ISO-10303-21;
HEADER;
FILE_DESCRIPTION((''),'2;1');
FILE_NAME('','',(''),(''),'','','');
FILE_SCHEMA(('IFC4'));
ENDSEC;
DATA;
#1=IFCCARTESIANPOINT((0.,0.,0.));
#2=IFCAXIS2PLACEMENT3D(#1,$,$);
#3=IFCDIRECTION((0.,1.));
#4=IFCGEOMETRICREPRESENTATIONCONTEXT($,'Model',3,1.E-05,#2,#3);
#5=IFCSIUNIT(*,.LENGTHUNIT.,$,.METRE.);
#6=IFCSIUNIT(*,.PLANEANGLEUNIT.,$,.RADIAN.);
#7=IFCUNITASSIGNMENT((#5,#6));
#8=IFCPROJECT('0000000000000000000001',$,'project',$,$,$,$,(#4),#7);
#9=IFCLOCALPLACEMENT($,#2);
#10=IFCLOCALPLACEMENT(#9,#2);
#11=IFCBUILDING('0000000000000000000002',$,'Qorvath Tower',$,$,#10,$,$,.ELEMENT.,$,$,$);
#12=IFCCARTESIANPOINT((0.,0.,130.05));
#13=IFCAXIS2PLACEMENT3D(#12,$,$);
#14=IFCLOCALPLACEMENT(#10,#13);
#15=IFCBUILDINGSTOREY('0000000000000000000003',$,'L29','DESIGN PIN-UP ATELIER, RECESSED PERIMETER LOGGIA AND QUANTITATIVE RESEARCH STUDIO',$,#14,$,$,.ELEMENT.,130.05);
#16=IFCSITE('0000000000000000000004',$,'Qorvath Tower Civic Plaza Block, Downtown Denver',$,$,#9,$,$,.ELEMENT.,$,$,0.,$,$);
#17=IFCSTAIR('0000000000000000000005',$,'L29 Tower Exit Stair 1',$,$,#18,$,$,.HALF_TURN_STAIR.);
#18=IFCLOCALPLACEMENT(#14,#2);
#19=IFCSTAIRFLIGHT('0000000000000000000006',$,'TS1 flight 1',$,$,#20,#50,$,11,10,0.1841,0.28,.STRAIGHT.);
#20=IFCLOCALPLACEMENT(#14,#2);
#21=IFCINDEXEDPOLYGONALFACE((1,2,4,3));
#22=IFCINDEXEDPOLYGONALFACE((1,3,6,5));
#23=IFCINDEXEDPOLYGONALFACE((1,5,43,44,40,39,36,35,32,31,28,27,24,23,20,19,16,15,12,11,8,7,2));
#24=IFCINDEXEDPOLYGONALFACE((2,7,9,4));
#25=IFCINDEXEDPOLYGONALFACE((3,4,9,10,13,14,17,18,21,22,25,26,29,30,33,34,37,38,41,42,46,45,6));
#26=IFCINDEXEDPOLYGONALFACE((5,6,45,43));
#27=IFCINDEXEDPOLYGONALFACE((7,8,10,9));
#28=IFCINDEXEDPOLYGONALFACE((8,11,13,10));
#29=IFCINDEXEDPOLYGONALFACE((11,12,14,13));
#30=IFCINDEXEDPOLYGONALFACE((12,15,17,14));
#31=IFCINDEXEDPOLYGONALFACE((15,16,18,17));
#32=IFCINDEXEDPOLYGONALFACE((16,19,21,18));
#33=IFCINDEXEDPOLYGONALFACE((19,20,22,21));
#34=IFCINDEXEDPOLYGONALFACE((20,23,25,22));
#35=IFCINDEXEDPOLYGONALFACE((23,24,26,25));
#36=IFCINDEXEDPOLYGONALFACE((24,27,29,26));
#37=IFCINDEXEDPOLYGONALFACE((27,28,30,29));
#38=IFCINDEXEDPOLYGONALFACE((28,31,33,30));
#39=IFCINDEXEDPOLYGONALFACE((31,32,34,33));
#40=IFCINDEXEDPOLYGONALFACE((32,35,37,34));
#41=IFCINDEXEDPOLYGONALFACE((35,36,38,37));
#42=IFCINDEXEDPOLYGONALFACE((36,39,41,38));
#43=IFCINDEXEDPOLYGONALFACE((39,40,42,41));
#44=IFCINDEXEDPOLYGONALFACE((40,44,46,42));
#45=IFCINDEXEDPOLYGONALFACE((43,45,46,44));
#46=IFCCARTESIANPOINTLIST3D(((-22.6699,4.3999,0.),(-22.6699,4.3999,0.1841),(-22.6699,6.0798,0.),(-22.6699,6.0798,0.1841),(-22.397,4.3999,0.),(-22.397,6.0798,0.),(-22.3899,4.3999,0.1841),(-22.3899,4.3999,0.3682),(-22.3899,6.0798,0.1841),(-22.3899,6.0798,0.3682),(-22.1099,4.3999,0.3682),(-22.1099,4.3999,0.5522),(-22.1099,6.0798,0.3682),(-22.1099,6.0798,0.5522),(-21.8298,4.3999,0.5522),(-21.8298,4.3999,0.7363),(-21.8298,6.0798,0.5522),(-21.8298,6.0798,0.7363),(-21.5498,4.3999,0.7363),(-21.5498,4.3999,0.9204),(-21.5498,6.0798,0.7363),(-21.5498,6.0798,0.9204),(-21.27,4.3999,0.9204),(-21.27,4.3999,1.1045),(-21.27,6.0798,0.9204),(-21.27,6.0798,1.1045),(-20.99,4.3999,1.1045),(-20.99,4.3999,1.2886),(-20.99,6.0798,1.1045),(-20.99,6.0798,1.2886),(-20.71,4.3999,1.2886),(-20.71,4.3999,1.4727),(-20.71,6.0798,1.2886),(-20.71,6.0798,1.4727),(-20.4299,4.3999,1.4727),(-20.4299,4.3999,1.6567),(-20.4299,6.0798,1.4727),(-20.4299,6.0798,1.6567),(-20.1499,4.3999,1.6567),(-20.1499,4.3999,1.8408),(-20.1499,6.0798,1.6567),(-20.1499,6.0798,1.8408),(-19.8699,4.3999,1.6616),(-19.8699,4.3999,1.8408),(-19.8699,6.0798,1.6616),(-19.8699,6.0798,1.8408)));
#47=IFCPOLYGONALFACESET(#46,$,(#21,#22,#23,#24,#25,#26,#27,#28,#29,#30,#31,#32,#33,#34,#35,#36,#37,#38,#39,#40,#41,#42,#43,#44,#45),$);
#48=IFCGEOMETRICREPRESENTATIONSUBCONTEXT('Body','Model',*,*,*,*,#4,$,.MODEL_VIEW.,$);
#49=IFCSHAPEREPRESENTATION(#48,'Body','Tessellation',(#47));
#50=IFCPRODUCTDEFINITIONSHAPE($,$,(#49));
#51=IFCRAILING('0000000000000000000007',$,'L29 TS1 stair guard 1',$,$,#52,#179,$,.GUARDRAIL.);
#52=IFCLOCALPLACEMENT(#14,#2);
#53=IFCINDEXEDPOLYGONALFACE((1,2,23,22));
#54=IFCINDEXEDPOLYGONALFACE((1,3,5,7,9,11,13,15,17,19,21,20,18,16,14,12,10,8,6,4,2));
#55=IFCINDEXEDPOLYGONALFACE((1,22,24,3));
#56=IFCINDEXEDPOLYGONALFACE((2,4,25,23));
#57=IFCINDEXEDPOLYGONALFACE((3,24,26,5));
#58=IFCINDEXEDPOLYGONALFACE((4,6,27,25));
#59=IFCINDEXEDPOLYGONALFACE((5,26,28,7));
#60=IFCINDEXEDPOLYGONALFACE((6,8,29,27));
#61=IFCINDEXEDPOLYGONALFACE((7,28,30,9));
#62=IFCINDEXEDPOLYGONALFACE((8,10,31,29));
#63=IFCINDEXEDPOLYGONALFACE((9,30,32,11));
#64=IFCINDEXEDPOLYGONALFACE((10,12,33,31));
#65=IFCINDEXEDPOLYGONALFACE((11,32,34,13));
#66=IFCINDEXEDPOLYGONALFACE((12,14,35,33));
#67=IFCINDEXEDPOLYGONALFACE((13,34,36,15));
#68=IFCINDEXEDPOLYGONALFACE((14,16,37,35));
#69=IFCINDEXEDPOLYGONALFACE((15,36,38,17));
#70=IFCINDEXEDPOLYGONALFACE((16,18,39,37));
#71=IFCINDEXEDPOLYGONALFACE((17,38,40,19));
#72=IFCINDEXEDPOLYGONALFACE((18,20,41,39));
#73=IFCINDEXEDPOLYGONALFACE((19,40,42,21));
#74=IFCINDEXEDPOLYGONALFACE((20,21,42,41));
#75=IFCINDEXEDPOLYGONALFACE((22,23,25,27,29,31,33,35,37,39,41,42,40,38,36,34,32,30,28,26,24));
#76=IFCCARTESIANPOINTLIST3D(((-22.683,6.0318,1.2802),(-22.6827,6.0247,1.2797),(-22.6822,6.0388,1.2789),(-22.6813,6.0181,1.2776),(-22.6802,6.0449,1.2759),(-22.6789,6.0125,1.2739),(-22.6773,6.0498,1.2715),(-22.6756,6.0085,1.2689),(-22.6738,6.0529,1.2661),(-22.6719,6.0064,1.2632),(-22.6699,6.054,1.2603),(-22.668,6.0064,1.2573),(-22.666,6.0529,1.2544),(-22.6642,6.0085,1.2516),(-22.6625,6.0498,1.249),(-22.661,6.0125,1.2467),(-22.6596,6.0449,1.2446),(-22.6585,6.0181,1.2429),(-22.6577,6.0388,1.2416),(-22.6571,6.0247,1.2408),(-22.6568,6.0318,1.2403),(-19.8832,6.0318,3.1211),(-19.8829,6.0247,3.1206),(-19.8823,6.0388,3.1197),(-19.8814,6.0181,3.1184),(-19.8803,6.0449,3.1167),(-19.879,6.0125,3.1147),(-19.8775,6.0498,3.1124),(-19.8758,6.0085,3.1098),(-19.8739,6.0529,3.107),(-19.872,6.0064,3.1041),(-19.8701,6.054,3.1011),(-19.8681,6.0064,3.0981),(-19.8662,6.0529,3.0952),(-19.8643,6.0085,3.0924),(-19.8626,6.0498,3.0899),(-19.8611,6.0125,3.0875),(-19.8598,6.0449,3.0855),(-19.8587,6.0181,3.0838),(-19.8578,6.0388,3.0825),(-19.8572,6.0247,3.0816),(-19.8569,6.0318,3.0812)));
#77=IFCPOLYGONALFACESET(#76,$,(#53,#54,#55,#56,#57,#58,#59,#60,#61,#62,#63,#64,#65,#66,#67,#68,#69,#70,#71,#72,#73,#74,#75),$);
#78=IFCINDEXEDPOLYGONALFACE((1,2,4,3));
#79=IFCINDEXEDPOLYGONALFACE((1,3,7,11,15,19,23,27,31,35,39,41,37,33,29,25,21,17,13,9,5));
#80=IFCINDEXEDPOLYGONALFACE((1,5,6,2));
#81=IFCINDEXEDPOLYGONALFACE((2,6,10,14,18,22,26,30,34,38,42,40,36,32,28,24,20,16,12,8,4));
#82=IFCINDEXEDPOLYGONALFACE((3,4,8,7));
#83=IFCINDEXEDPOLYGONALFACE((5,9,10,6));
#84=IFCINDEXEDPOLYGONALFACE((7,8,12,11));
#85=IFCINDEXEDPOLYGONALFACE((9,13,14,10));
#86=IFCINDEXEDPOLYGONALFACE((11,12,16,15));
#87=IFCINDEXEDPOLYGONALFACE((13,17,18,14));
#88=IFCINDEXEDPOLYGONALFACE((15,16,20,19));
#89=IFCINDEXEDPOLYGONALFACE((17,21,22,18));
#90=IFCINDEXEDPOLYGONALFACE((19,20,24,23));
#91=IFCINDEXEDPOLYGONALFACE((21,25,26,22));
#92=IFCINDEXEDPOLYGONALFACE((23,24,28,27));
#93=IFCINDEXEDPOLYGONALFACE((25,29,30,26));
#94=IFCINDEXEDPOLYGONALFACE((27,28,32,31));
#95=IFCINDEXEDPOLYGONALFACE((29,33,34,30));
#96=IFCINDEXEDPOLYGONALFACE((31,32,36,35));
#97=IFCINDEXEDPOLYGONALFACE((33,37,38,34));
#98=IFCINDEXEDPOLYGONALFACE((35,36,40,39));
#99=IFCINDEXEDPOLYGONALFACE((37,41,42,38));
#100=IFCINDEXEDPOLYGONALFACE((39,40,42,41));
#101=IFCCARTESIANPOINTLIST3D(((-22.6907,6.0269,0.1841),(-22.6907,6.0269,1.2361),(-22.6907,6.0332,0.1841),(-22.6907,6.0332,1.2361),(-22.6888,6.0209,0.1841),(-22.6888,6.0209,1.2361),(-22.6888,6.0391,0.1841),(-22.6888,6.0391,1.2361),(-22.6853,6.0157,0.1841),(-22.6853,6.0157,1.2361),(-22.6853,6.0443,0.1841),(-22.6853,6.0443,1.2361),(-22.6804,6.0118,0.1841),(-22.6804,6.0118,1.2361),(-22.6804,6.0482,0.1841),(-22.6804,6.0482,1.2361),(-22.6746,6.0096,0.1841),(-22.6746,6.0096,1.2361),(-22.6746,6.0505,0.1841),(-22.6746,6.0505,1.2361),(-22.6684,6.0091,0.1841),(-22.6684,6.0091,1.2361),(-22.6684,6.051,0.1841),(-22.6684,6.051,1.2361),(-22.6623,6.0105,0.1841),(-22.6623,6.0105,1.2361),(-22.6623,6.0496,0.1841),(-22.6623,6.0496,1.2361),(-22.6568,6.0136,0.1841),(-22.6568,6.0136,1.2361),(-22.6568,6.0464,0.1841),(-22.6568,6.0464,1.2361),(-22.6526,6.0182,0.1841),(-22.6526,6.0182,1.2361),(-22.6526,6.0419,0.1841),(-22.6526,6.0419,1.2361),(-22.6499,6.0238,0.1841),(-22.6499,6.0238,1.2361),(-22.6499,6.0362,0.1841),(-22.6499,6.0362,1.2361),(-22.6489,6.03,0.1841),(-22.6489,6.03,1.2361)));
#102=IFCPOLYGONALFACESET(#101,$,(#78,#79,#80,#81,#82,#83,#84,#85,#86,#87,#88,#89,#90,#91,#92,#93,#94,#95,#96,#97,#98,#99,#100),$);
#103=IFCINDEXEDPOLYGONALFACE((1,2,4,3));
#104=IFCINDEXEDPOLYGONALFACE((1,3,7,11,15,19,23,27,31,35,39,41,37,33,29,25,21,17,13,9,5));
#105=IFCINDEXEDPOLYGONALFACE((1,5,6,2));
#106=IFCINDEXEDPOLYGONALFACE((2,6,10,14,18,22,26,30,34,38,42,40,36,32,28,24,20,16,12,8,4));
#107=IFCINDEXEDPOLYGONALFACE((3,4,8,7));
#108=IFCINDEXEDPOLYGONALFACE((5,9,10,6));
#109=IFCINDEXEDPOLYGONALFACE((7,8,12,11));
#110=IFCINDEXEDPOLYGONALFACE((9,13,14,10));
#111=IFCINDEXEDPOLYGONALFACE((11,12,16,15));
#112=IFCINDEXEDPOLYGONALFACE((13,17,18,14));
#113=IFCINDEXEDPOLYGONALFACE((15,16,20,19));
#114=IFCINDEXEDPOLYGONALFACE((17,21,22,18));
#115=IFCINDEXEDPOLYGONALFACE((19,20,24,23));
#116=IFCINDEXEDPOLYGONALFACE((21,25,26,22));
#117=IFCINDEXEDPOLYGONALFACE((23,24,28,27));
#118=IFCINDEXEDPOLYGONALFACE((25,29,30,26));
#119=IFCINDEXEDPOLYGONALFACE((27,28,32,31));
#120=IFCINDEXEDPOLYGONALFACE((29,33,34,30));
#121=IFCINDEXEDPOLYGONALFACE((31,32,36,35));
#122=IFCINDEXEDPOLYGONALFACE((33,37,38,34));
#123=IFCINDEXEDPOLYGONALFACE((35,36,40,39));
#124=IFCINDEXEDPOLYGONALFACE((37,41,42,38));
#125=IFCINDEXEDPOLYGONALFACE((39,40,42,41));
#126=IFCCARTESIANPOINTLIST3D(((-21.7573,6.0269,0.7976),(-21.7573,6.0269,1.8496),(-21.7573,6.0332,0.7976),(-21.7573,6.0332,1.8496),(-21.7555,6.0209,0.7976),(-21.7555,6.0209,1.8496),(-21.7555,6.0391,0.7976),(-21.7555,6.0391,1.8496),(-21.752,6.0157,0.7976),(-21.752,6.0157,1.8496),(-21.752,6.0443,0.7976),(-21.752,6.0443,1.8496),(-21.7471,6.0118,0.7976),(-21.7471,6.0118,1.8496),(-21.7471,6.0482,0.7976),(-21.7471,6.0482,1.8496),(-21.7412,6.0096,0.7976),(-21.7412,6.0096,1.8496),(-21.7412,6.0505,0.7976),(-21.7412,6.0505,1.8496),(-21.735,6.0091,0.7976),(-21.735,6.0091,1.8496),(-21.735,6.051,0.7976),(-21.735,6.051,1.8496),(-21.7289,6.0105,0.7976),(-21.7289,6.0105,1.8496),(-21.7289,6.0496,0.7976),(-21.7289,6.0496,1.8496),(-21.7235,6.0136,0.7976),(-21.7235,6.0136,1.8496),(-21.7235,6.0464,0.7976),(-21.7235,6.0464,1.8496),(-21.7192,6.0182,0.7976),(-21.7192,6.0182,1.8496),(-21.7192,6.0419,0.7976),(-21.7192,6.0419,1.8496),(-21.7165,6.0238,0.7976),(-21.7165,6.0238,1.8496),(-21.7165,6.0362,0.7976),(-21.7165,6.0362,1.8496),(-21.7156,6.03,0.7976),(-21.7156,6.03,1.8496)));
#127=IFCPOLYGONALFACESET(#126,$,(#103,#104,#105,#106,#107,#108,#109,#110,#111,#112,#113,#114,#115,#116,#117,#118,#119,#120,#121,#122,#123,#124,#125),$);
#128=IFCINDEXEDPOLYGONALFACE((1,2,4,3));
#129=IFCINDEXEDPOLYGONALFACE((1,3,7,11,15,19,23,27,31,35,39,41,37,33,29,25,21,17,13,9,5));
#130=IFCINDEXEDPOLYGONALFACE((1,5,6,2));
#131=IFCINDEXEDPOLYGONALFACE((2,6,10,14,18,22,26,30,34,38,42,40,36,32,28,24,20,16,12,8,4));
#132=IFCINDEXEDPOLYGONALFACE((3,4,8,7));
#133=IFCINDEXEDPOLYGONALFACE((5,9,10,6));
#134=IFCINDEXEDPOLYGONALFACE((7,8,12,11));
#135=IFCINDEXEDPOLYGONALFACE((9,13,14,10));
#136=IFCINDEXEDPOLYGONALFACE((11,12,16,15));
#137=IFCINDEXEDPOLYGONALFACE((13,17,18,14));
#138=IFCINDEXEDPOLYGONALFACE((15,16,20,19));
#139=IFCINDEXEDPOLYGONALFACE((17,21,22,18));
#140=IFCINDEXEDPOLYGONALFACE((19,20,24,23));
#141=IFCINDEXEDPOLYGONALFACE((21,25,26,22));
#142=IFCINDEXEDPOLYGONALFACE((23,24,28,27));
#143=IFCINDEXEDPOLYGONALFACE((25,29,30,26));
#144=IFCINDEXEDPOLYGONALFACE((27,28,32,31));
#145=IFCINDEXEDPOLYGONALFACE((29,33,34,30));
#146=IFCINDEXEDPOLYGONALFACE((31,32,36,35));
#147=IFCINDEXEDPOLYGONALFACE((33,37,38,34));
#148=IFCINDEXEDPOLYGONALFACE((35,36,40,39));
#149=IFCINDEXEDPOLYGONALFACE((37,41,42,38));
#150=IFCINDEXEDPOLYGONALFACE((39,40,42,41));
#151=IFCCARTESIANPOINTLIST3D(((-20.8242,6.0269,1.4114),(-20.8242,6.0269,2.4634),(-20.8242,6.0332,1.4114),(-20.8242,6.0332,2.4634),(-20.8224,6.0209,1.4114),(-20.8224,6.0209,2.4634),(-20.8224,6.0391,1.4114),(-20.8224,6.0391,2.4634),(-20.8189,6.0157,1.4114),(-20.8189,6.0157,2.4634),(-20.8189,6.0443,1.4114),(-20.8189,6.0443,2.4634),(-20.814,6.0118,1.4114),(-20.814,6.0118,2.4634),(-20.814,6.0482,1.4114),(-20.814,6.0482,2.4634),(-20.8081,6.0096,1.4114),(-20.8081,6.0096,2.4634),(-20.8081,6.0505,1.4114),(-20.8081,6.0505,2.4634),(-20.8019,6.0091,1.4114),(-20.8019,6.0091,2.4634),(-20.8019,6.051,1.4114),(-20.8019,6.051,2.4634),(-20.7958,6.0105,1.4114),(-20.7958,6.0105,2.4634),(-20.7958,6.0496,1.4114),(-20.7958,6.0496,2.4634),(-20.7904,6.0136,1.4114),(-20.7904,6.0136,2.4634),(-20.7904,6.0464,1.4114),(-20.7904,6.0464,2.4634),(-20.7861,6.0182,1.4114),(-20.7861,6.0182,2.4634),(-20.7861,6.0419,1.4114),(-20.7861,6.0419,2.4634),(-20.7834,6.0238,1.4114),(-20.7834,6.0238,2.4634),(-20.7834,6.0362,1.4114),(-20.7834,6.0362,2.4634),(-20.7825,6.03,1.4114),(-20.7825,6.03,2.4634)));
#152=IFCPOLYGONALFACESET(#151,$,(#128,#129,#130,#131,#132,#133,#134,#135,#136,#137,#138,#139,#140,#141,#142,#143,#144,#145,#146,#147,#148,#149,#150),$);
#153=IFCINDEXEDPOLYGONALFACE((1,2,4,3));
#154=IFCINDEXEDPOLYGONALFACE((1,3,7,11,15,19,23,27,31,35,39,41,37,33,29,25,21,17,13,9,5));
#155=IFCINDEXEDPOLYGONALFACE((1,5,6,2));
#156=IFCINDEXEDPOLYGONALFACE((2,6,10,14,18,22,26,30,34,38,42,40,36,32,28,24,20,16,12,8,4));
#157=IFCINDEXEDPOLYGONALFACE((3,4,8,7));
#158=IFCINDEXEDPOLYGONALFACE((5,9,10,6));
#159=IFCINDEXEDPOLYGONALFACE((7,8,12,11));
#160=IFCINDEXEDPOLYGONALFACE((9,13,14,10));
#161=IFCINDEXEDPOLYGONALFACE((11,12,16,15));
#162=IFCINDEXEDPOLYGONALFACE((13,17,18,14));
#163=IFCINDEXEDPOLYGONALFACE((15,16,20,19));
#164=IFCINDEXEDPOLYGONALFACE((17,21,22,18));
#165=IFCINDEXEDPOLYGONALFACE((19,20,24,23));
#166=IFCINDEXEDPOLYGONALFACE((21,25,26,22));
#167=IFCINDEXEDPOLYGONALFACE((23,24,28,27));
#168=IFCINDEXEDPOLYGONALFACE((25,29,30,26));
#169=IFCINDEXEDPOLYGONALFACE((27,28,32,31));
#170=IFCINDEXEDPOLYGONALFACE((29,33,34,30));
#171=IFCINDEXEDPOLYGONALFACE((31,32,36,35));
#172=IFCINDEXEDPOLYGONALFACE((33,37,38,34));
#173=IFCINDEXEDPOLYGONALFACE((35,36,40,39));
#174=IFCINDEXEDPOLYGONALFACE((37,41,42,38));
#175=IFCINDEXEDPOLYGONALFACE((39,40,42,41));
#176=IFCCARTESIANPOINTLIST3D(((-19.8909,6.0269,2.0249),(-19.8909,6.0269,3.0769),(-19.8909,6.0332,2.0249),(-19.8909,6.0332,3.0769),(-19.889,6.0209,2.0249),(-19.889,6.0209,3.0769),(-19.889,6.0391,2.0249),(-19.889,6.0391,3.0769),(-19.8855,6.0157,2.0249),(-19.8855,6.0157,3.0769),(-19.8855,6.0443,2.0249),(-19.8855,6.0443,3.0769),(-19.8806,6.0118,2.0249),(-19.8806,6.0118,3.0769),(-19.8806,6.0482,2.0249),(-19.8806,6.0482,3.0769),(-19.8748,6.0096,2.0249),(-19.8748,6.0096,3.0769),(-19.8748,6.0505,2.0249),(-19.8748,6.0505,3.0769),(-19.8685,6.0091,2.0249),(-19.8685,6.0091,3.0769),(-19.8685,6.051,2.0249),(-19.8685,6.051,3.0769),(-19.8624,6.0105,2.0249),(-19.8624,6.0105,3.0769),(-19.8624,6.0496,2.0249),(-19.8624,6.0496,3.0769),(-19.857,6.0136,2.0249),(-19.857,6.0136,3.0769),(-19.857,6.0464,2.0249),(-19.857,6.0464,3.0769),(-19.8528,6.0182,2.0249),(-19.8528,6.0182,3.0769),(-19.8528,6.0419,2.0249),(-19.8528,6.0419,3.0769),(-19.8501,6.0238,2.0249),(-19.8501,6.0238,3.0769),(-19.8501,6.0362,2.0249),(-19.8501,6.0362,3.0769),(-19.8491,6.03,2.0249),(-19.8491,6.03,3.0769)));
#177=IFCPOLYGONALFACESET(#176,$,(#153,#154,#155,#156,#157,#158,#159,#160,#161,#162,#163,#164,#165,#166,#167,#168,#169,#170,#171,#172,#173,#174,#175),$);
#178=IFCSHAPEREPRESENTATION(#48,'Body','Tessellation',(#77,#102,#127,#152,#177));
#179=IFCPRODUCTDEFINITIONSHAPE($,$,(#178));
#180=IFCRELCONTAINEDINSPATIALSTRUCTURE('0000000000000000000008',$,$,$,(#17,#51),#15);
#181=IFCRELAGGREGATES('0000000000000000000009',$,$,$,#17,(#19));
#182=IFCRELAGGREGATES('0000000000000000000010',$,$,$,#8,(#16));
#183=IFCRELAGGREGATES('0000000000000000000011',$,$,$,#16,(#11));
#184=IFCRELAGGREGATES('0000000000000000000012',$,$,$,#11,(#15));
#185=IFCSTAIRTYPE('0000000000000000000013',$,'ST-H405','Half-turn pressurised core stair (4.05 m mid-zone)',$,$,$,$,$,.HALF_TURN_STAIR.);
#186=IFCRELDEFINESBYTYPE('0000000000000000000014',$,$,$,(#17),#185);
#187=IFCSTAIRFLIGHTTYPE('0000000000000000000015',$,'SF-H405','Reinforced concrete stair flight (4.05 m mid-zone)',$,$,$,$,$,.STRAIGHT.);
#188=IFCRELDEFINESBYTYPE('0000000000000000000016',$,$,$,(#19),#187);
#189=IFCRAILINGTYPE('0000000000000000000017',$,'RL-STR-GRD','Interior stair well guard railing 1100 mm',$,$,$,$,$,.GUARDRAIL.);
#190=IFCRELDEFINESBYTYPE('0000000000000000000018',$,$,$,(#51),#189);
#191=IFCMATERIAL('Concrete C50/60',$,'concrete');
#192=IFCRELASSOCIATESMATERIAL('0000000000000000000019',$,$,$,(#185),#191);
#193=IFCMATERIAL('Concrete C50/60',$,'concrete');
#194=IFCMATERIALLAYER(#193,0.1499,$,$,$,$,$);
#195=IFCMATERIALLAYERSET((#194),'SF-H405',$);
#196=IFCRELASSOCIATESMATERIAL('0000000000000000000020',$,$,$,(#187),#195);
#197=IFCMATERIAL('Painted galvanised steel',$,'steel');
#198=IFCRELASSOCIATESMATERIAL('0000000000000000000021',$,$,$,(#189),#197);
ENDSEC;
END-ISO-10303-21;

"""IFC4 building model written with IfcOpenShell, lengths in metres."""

from ifc_helpers import new_model, si_unit, direction, frame, origin, origin_2d, place, context, subcontext, project, spatial, polyline, circle, outline, extrude, material, layer, layer_set, type_object, element, aggregate, save


model = new_model("IFC4")

# Units and contexts
model_context = context("Model", 3, precision=1e-05, world=origin(), true_north=direction((0.0, 1.0)))
body_context = subcontext(model_context, "Body", "Model", "MODEL_VIEW")
ifc_project = project(units=[si_unit("LENGTHUNIT", "METRE"), si_unit("PLANEANGLEUNIT", "RADIAN")], contexts=[model_context])

# Site, building, storey
site_placement = place(None, origin())
site = spatial("IfcSite", under=ifc_project, at=site_placement, Name="Qorvath Tower Civic Plaza Block, Downtown Denver", CompositionType="ELEMENT", RefElevation=0.0)
building_placement = place(site_placement, origin())
building = spatial("IfcBuilding", under=site, at=building_placement, Name="Qorvath Tower", CompositionType="ELEMENT")
storey_placement = place(building_placement, frame((0.0, 0.0, 130.05)))
storey = spatial("IfcBuildingStorey", under=building, at=storey_placement, Name="L29", Description="DESIGN PIN-UP ATELIER, RECESSED PERIMETER LOGGIA AND QUANTITATIVE RESEARCH STUDIO", CompositionType="ELEMENT", Elevation=130.05)

# Stair, stair flight
ifc_material_1 = material(Name="Concrete C50/60", Category="concrete")
stair_type = type_object("IfcStairType", Name="ST-H405", Description="Half-turn pressurised core stair (4.05 m mid-zone)", PredefinedType="HALF_TURN_STAIR", material=ifc_material_1)
stair_placement = place(storey_placement, origin())
stair = element("IfcStair", 1, at=stair_placement, inside=storey, type_object=stair_type, Name="L29 Tower Exit Stair 1", PredefinedType="HALF_TURN_STAIR")
ifc_material_2 = material(Name="Concrete C50/60", Category="concrete")
ifc_layer_1 = layer(ifc_material_2, 0.1499)
ifc_layer_set_1 = layer_set([ifc_layer_1], Name="SF-H405")
stair_flight_type = type_object("IfcStairFlightType", Name="SF-H405", Description="Reinforced concrete stair flight (4.05 m mid-zone)", PredefinedType="STRAIGHT", material=ifc_layer_set_1)
stair_flight_placement = place(storey_placement, frame((-22.6699, 5.24, 0.0), z_axis=(0.0, 0.0, 1.0), x_axis=(1.0, 0.0, 0.0)))
stair_flight = element("IfcStairFlight", 2, at=stair_flight_placement, type_object=stair_flight_type, Name="TS1 flight 1", NumberOfRisers=11, NumberOfTreads=10, PredefinedType="STRAIGHT", RiserHeight=0.1841, TreadLength=0.28, context=body_context, shape_type="SweptSolid", body=[
    extrude(outline(polyline([(0.0, 0.0), (0.0, 0.1841), (0.28, 0.1841), (0.28, 0.3682), (0.5601, 0.3682), (0.5601, 0.5522), (0.8401, 0.5522), (0.8401, 0.7363), (1.1201, 0.7363), (1.1201, 0.9204), (1.3999, 0.9204), (1.3999, 1.1045), (1.6799, 1.1045), (1.6799, 1.2886), (1.96, 1.2886), (1.96, 1.4727), (2.24, 1.4727), (2.24, 1.6567), (2.52, 1.6567), (2.52, 1.8408), (2.8, 1.8408), (2.8, 2.0249), (2.8, 1.6616), (0.2729, 0.0), (0.0, 0.0)])), frame((0.0, 0.8398, 0.0), z_axis=(0.0, -1.0, 0.0), x_axis=(1.0, 0.0, 0.0)), (0.0, 0.0, 1.0), 1.6799),
])
aggregate(stair, [stair_flight])

# Railing
ifc_material_3 = material(Name="Painted galvanised steel", Category="steel")
railing_type_1 = type_object("IfcRailingType", Name="RL-STR-GRD", Description="Interior stair well guard railing 1100 mm", PredefinedType="GUARDRAIL", material=ifc_material_3)
railing_1_placement = place(storey_placement, frame((-22.6699, 6.03, 0.1841)))
element("IfcRailing", 3, at=railing_1_placement, inside=storey, type_object=railing_type_1, Name="L29 TS1 stair guard 1", PredefinedType="GUARDRAIL", context=body_context, shape_type="SweptSolid", body=[
    extrude(circle(Radius=0.0239, at=origin_2d()), frame((0.0, 0.0, 1.0762), z_axis=(0.835576, 0.0, 0.549376), x_axis=(0.0, 1.0, 0.0)), (0.0, 0.0, 1.0), 3.3508),
    extrude(circle(Radius=0.021, at=origin_2d()), origin(), (0.0, 0.0, 1.0), 1.052),
    extrude(circle(Radius=0.021, at=origin_2d()), frame((0.9333, 0.0, 0.6135)), (0.0, 0.0, 1.0), 1.052),
    extrude(circle(Radius=0.021, at=origin_2d()), frame((1.8665, 0.0, 1.2273)), (0.0, 0.0, 1.0), 1.052),
    extrude(circle(Radius=0.021, at=origin_2d()), frame((2.7998, 0.0, 1.8408)), (0.0, 0.0, 1.0), 1.052),
])

save(model, "model.ifc")
